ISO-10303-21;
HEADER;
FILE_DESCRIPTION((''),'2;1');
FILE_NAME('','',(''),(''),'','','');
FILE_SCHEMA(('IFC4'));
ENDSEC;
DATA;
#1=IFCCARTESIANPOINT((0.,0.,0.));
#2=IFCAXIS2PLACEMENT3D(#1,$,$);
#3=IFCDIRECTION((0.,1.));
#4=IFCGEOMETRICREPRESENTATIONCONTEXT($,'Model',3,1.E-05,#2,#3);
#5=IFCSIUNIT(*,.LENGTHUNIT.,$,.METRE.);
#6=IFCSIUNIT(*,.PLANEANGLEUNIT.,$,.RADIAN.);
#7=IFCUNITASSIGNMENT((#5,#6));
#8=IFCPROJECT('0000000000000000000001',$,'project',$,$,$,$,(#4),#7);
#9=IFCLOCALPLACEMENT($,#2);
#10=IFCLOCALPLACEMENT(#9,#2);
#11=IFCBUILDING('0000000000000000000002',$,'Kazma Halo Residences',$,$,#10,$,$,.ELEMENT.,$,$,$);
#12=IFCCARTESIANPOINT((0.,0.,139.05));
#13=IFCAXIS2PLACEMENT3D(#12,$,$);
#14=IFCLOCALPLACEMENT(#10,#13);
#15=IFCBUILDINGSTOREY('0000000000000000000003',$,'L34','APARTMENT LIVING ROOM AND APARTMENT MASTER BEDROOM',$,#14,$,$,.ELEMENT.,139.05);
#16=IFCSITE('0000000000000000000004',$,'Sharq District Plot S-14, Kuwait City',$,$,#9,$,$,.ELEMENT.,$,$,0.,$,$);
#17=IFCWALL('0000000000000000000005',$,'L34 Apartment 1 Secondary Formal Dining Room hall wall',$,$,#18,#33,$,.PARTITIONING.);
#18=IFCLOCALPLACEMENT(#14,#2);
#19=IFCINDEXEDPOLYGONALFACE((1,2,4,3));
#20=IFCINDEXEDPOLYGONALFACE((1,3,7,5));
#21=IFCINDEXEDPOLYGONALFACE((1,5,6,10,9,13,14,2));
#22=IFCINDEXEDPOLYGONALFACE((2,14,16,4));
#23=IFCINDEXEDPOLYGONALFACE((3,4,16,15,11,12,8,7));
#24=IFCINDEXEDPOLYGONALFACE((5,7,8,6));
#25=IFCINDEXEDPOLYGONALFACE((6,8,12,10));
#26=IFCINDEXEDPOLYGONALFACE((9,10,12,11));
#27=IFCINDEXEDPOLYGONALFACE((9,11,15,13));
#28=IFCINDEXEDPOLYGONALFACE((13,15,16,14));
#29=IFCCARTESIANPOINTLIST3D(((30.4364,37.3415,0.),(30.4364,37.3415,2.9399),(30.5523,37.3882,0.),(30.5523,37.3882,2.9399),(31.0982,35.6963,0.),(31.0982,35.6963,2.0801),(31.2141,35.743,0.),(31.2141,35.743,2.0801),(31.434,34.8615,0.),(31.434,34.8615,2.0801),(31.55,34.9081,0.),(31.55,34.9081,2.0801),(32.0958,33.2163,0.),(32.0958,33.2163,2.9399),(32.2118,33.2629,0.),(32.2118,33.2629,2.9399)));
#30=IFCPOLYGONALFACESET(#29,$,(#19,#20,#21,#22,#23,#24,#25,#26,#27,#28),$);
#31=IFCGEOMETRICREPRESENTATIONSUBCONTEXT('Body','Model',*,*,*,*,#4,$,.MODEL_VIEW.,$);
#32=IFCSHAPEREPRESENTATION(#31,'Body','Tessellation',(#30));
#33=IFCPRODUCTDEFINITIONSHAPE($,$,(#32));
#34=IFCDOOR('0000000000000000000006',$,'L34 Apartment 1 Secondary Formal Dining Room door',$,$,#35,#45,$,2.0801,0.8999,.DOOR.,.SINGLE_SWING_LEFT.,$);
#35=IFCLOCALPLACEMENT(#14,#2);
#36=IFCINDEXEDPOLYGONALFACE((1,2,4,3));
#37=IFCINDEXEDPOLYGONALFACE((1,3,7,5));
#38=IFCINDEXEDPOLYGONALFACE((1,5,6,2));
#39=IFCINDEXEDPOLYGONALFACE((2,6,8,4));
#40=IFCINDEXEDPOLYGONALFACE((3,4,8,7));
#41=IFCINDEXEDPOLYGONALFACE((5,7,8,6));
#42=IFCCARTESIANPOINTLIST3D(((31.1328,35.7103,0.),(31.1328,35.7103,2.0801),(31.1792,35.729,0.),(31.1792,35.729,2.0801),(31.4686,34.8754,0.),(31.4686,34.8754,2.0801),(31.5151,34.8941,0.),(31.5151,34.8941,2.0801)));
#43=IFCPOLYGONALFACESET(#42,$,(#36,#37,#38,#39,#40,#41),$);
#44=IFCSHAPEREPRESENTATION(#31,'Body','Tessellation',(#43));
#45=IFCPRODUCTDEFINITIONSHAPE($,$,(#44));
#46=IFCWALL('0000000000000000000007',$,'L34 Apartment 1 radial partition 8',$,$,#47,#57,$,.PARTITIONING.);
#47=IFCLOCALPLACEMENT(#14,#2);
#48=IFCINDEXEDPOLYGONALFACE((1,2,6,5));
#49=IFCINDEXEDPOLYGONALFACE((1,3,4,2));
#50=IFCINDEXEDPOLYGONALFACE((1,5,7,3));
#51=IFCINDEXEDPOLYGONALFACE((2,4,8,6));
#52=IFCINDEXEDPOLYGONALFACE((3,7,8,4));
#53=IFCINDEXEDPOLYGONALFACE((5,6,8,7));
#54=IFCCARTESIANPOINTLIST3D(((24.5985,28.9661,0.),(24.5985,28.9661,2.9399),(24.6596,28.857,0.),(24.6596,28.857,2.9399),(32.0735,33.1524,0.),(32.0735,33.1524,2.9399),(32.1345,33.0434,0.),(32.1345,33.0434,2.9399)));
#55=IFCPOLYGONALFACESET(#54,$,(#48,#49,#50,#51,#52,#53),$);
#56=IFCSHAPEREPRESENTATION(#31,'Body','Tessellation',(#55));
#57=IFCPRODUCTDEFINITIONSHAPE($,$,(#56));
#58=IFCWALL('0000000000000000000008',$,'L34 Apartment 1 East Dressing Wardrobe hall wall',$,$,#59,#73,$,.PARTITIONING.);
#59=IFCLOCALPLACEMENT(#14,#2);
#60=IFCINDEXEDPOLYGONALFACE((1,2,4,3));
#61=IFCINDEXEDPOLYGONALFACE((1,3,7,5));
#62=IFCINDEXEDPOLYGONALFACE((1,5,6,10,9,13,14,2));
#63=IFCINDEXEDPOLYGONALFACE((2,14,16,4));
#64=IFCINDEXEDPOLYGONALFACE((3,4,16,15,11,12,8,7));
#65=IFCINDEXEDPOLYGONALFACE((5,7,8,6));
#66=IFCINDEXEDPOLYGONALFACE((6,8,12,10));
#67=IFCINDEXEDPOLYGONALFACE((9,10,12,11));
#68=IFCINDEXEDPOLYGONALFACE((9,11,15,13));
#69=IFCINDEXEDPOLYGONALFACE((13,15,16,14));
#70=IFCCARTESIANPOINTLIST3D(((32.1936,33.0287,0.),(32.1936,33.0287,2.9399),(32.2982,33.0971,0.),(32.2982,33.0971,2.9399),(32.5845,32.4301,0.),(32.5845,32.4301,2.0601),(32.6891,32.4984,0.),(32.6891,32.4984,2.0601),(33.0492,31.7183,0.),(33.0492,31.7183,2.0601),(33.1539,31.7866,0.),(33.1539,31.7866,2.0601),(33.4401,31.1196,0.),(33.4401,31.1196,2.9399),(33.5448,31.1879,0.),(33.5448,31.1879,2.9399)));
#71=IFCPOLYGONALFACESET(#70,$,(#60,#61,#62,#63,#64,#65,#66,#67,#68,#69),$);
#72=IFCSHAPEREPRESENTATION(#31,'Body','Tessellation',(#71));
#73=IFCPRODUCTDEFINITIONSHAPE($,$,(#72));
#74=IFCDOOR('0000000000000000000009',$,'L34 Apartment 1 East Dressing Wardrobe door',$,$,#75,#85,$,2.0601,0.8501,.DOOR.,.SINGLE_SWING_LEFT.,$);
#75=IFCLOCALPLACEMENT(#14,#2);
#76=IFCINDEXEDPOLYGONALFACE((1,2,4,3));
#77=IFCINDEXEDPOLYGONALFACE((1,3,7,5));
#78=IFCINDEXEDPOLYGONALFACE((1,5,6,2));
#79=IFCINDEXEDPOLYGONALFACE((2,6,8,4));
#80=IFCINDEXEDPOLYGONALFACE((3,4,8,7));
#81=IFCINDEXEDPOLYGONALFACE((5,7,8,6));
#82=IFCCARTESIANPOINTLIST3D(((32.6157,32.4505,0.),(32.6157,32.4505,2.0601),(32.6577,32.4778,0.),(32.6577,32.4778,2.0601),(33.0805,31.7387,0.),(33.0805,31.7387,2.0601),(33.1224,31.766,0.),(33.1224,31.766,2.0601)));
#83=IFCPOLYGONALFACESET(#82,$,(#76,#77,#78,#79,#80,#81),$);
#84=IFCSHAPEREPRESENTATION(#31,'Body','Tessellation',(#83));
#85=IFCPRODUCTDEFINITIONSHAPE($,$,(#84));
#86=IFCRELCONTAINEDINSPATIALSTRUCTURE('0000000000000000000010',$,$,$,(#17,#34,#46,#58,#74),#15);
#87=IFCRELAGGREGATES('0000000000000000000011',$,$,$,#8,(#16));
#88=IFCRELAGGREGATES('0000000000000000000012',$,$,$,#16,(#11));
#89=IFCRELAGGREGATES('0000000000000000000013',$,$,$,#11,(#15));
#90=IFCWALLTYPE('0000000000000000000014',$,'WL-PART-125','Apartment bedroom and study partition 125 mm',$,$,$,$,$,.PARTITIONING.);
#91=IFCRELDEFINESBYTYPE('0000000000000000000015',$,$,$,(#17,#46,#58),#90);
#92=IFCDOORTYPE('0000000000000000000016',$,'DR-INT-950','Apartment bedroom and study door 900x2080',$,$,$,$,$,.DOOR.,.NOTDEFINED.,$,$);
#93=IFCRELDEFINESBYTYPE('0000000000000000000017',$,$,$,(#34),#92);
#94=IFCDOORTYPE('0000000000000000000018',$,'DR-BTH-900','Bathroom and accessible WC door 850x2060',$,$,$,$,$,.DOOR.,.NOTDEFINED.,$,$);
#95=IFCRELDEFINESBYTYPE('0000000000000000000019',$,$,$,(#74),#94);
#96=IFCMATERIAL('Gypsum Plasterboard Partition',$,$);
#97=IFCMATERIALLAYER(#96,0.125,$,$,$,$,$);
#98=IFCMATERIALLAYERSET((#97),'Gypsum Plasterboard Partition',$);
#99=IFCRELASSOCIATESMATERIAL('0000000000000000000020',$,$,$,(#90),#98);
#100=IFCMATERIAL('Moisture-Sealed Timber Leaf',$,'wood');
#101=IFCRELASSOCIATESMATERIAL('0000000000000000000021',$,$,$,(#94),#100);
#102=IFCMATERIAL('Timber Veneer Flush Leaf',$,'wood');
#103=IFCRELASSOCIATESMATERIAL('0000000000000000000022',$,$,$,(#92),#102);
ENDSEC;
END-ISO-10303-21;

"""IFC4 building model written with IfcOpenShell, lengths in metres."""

from ifc_helpers import new_model, si_unit, direction, frame, frame_2d, origin, place, context, subcontext, project, spatial, rectangle, extrude, material, layer, layer_set, type_object, element, fill, save


model = new_model("IFC4")

# Units and contexts
model_context = context("Model", 3, precision=1e-05, world=origin(), true_north=direction((0.0, 1.0)))
body_context = subcontext(model_context, "Body", "Model", "MODEL_VIEW")
ifc_project = project(units=[si_unit("LENGTHUNIT", "METRE"), si_unit("PLANEANGLEUNIT", "RADIAN")], contexts=[model_context])

# Site, building, storey
site_placement = place(None, origin())
site = spatial("IfcSite", under=ifc_project, at=site_placement, Name="Sharq District Plot S-14, Kuwait City", CompositionType="ELEMENT", RefElevation=0.0)
building_placement = place(site_placement, origin())
building = spatial("IfcBuilding", under=site, at=building_placement, Name="Kazma Halo Residences", CompositionType="ELEMENT")
storey_placement = place(building_placement, frame((0.0, 0.0, 139.05)))
storey = spatial("IfcBuildingStorey", under=building, at=storey_placement, Name="L34", Description="APARTMENT LIVING ROOM AND APARTMENT MASTER BEDROOM", CompositionType="ELEMENT", Elevation=139.05)

# Shared definitions
ifc_material_1 = material(Name="Gypsum Plasterboard Partition")
ifc_layer_1 = layer(ifc_material_1, 0.125)
ifc_layer_set_1 = layer_set([ifc_layer_1], Name="Gypsum Plasterboard Partition")
wall_type_1 = type_object("IfcWallType", Name="WL-PART-125", Description="Apartment bedroom and study partition 125 mm", PredefinedType="PARTITIONING", material=ifc_layer_set_1)

# Wall, opening, door
ifc_material_2 = material(Name="Moisture-Sealed Timber Leaf", Category="wood")
door_type_1 = type_object("IfcDoorType", Name="DR-BTH-900", Description="Bathroom and accessible WC door 850x2060", OperationType="NOTDEFINED", PredefinedType="DOOR", material=ifc_material_2)
wall_1_placement = place(storey_placement, frame((30.4944, 37.3647, 0.0), z_axis=(0.0, 0.0, 1.0), x_axis=(0.373198, -0.927752, 0.0)))
wall_1 = element("IfcWall", 1, at=wall_1_placement, inside=storey, type_object=wall_type_1, Name="L34 Apartment 1 Secondary Formal Dining Room hall wall", PredefinedType="PARTITIONING", context=body_context, shape_type="SweptSolid", body=[
    extrude(rectangle(XDim=4.4465, YDim=0.125, at=frame_2d((2.2231, 0.0))), origin(), (0.0, 0.0, 1.0), 2.9399),
])
opening_1_placement = place(wall_1_placement, frame((1.7732, 0.0, 0.0)))
opening_1 = element("IfcOpeningElement", 2, at=opening_1_placement, cuts=wall_1, PredefinedType="OPENING", context=body_context, shape_type="SweptSolid", body=[
    extrude(rectangle(XDim=0.8999, YDim=2.0801, at=frame_2d((0.45, 1.04))), frame((0.0, 0.0725, 0.0), z_axis=(0.0, -1.0, 0.0), x_axis=(1.0, 0.0, 0.0)), (0.0, 0.0, 1.0), 0.145),
])
ifc_material_3 = material(Name="Timber Veneer Flush Leaf", Category="wood")
door_type_2 = type_object("IfcDoorType", Name="DR-INT-950", Description="Apartment bedroom and study door 900x2080", OperationType="NOTDEFINED", PredefinedType="DOOR", material=ifc_material_3)
door_1_placement = place(opening_1_placement, origin())
door_1 = element("IfcDoor", 3, at=door_1_placement, inside=storey, type_object=door_type_2, Name="L34 Apartment 1 Secondary Formal Dining Room door", OperationType="SINGLE_SWING_LEFT", OverallHeight=2.0801, OverallWidth=0.8999, PredefinedType="DOOR", context=body_context, shape_type="SweptSolid", body=[
    extrude(rectangle(XDim=0.8999, YDim=2.0801, at=frame_2d((0.45, 1.04))), frame((0.0, 0.0249, 0.0), z_axis=(0.0, -1.0, 0.0), x_axis=(1.0, 0.0, 0.0)), (0.0, 0.0, 1.0), 0.05),
])
fill(opening_1, door_1)

# Wall
wall_2_placement = place(storey_placement, frame((32.104, 33.0979, 0.0), z_axis=(0.0, 0.0, 1.0), x_axis=(-0.872488, -0.488635, 0.0)))
element("IfcWall", 4, at=wall_2_placement, inside=storey, type_object=wall_type_1, Name="L34 Apartment 1 radial partition 8", PredefinedType="PARTITIONING", context=body_context, shape_type="SweptSolid", body=[
    extrude(rectangle(XDim=8.5674, YDim=0.125, at=frame_2d((4.2837, 0.0))), origin(), (0.0, 0.0, 1.0), 2.9399),
])

# Wall, opening, door
wall_3_placement = place(storey_placement, frame((32.2458, 33.063, 0.0), z_axis=(0.0, 0.0, 1.0), x_axis=(0.546718, -0.837317, 0.0)))
wall_3 = element("IfcWall", 5, at=wall_3_placement, inside=storey, type_object=wall_type_1, Name="L34 Apartment 1 East Dressing Wardrobe hall wall", PredefinedType="PARTITIONING", context=body_context, shape_type="SweptSolid", body=[
    extrude(rectangle(XDim=2.28, YDim=0.125, at=frame_2d((1.1401, 0.0))), origin(), (0.0, 0.0, 1.0), 2.9399),
])
opening_2_placement = place(wall_3_placement, frame((0.7151, 0.0, 0.0)))
opening_2 = element("IfcOpeningElement", 6, at=opening_2_placement, cuts=wall_3, PredefinedType="OPENING", context=body_context, shape_type="SweptSolid", body=[
    extrude(rectangle(XDim=0.8501, YDim=2.0601, at=frame_2d((0.425, 1.03))), frame((0.0, 0.0725, 0.0), z_axis=(0.0, -1.0, 0.0), x_axis=(1.0, 0.0, 0.0)), (0.0, 0.0, 1.0), 0.145),
])
door_2_placement = place(opening_2_placement, origin())
door_2 = element("IfcDoor", 7, at=door_2_placement, inside=storey, type_object=door_type_1, Name="L34 Apartment 1 East Dressing Wardrobe door", OperationType="SINGLE_SWING_LEFT", OverallHeight=2.0601, OverallWidth=0.8501, PredefinedType="DOOR", context=body_context, shape_type="SweptSolid", body=[
    extrude(rectangle(XDim=0.8501, YDim=2.0601, at=frame_2d((0.425, 1.03))), frame((0.0, 0.0249, 0.0), z_axis=(0.0, -1.0, 0.0), x_axis=(1.0, 0.0, 0.0)), (0.0, 0.0, 1.0), 0.05),
])
fill(opening_2, door_2)

save(model, "model.ifc")
